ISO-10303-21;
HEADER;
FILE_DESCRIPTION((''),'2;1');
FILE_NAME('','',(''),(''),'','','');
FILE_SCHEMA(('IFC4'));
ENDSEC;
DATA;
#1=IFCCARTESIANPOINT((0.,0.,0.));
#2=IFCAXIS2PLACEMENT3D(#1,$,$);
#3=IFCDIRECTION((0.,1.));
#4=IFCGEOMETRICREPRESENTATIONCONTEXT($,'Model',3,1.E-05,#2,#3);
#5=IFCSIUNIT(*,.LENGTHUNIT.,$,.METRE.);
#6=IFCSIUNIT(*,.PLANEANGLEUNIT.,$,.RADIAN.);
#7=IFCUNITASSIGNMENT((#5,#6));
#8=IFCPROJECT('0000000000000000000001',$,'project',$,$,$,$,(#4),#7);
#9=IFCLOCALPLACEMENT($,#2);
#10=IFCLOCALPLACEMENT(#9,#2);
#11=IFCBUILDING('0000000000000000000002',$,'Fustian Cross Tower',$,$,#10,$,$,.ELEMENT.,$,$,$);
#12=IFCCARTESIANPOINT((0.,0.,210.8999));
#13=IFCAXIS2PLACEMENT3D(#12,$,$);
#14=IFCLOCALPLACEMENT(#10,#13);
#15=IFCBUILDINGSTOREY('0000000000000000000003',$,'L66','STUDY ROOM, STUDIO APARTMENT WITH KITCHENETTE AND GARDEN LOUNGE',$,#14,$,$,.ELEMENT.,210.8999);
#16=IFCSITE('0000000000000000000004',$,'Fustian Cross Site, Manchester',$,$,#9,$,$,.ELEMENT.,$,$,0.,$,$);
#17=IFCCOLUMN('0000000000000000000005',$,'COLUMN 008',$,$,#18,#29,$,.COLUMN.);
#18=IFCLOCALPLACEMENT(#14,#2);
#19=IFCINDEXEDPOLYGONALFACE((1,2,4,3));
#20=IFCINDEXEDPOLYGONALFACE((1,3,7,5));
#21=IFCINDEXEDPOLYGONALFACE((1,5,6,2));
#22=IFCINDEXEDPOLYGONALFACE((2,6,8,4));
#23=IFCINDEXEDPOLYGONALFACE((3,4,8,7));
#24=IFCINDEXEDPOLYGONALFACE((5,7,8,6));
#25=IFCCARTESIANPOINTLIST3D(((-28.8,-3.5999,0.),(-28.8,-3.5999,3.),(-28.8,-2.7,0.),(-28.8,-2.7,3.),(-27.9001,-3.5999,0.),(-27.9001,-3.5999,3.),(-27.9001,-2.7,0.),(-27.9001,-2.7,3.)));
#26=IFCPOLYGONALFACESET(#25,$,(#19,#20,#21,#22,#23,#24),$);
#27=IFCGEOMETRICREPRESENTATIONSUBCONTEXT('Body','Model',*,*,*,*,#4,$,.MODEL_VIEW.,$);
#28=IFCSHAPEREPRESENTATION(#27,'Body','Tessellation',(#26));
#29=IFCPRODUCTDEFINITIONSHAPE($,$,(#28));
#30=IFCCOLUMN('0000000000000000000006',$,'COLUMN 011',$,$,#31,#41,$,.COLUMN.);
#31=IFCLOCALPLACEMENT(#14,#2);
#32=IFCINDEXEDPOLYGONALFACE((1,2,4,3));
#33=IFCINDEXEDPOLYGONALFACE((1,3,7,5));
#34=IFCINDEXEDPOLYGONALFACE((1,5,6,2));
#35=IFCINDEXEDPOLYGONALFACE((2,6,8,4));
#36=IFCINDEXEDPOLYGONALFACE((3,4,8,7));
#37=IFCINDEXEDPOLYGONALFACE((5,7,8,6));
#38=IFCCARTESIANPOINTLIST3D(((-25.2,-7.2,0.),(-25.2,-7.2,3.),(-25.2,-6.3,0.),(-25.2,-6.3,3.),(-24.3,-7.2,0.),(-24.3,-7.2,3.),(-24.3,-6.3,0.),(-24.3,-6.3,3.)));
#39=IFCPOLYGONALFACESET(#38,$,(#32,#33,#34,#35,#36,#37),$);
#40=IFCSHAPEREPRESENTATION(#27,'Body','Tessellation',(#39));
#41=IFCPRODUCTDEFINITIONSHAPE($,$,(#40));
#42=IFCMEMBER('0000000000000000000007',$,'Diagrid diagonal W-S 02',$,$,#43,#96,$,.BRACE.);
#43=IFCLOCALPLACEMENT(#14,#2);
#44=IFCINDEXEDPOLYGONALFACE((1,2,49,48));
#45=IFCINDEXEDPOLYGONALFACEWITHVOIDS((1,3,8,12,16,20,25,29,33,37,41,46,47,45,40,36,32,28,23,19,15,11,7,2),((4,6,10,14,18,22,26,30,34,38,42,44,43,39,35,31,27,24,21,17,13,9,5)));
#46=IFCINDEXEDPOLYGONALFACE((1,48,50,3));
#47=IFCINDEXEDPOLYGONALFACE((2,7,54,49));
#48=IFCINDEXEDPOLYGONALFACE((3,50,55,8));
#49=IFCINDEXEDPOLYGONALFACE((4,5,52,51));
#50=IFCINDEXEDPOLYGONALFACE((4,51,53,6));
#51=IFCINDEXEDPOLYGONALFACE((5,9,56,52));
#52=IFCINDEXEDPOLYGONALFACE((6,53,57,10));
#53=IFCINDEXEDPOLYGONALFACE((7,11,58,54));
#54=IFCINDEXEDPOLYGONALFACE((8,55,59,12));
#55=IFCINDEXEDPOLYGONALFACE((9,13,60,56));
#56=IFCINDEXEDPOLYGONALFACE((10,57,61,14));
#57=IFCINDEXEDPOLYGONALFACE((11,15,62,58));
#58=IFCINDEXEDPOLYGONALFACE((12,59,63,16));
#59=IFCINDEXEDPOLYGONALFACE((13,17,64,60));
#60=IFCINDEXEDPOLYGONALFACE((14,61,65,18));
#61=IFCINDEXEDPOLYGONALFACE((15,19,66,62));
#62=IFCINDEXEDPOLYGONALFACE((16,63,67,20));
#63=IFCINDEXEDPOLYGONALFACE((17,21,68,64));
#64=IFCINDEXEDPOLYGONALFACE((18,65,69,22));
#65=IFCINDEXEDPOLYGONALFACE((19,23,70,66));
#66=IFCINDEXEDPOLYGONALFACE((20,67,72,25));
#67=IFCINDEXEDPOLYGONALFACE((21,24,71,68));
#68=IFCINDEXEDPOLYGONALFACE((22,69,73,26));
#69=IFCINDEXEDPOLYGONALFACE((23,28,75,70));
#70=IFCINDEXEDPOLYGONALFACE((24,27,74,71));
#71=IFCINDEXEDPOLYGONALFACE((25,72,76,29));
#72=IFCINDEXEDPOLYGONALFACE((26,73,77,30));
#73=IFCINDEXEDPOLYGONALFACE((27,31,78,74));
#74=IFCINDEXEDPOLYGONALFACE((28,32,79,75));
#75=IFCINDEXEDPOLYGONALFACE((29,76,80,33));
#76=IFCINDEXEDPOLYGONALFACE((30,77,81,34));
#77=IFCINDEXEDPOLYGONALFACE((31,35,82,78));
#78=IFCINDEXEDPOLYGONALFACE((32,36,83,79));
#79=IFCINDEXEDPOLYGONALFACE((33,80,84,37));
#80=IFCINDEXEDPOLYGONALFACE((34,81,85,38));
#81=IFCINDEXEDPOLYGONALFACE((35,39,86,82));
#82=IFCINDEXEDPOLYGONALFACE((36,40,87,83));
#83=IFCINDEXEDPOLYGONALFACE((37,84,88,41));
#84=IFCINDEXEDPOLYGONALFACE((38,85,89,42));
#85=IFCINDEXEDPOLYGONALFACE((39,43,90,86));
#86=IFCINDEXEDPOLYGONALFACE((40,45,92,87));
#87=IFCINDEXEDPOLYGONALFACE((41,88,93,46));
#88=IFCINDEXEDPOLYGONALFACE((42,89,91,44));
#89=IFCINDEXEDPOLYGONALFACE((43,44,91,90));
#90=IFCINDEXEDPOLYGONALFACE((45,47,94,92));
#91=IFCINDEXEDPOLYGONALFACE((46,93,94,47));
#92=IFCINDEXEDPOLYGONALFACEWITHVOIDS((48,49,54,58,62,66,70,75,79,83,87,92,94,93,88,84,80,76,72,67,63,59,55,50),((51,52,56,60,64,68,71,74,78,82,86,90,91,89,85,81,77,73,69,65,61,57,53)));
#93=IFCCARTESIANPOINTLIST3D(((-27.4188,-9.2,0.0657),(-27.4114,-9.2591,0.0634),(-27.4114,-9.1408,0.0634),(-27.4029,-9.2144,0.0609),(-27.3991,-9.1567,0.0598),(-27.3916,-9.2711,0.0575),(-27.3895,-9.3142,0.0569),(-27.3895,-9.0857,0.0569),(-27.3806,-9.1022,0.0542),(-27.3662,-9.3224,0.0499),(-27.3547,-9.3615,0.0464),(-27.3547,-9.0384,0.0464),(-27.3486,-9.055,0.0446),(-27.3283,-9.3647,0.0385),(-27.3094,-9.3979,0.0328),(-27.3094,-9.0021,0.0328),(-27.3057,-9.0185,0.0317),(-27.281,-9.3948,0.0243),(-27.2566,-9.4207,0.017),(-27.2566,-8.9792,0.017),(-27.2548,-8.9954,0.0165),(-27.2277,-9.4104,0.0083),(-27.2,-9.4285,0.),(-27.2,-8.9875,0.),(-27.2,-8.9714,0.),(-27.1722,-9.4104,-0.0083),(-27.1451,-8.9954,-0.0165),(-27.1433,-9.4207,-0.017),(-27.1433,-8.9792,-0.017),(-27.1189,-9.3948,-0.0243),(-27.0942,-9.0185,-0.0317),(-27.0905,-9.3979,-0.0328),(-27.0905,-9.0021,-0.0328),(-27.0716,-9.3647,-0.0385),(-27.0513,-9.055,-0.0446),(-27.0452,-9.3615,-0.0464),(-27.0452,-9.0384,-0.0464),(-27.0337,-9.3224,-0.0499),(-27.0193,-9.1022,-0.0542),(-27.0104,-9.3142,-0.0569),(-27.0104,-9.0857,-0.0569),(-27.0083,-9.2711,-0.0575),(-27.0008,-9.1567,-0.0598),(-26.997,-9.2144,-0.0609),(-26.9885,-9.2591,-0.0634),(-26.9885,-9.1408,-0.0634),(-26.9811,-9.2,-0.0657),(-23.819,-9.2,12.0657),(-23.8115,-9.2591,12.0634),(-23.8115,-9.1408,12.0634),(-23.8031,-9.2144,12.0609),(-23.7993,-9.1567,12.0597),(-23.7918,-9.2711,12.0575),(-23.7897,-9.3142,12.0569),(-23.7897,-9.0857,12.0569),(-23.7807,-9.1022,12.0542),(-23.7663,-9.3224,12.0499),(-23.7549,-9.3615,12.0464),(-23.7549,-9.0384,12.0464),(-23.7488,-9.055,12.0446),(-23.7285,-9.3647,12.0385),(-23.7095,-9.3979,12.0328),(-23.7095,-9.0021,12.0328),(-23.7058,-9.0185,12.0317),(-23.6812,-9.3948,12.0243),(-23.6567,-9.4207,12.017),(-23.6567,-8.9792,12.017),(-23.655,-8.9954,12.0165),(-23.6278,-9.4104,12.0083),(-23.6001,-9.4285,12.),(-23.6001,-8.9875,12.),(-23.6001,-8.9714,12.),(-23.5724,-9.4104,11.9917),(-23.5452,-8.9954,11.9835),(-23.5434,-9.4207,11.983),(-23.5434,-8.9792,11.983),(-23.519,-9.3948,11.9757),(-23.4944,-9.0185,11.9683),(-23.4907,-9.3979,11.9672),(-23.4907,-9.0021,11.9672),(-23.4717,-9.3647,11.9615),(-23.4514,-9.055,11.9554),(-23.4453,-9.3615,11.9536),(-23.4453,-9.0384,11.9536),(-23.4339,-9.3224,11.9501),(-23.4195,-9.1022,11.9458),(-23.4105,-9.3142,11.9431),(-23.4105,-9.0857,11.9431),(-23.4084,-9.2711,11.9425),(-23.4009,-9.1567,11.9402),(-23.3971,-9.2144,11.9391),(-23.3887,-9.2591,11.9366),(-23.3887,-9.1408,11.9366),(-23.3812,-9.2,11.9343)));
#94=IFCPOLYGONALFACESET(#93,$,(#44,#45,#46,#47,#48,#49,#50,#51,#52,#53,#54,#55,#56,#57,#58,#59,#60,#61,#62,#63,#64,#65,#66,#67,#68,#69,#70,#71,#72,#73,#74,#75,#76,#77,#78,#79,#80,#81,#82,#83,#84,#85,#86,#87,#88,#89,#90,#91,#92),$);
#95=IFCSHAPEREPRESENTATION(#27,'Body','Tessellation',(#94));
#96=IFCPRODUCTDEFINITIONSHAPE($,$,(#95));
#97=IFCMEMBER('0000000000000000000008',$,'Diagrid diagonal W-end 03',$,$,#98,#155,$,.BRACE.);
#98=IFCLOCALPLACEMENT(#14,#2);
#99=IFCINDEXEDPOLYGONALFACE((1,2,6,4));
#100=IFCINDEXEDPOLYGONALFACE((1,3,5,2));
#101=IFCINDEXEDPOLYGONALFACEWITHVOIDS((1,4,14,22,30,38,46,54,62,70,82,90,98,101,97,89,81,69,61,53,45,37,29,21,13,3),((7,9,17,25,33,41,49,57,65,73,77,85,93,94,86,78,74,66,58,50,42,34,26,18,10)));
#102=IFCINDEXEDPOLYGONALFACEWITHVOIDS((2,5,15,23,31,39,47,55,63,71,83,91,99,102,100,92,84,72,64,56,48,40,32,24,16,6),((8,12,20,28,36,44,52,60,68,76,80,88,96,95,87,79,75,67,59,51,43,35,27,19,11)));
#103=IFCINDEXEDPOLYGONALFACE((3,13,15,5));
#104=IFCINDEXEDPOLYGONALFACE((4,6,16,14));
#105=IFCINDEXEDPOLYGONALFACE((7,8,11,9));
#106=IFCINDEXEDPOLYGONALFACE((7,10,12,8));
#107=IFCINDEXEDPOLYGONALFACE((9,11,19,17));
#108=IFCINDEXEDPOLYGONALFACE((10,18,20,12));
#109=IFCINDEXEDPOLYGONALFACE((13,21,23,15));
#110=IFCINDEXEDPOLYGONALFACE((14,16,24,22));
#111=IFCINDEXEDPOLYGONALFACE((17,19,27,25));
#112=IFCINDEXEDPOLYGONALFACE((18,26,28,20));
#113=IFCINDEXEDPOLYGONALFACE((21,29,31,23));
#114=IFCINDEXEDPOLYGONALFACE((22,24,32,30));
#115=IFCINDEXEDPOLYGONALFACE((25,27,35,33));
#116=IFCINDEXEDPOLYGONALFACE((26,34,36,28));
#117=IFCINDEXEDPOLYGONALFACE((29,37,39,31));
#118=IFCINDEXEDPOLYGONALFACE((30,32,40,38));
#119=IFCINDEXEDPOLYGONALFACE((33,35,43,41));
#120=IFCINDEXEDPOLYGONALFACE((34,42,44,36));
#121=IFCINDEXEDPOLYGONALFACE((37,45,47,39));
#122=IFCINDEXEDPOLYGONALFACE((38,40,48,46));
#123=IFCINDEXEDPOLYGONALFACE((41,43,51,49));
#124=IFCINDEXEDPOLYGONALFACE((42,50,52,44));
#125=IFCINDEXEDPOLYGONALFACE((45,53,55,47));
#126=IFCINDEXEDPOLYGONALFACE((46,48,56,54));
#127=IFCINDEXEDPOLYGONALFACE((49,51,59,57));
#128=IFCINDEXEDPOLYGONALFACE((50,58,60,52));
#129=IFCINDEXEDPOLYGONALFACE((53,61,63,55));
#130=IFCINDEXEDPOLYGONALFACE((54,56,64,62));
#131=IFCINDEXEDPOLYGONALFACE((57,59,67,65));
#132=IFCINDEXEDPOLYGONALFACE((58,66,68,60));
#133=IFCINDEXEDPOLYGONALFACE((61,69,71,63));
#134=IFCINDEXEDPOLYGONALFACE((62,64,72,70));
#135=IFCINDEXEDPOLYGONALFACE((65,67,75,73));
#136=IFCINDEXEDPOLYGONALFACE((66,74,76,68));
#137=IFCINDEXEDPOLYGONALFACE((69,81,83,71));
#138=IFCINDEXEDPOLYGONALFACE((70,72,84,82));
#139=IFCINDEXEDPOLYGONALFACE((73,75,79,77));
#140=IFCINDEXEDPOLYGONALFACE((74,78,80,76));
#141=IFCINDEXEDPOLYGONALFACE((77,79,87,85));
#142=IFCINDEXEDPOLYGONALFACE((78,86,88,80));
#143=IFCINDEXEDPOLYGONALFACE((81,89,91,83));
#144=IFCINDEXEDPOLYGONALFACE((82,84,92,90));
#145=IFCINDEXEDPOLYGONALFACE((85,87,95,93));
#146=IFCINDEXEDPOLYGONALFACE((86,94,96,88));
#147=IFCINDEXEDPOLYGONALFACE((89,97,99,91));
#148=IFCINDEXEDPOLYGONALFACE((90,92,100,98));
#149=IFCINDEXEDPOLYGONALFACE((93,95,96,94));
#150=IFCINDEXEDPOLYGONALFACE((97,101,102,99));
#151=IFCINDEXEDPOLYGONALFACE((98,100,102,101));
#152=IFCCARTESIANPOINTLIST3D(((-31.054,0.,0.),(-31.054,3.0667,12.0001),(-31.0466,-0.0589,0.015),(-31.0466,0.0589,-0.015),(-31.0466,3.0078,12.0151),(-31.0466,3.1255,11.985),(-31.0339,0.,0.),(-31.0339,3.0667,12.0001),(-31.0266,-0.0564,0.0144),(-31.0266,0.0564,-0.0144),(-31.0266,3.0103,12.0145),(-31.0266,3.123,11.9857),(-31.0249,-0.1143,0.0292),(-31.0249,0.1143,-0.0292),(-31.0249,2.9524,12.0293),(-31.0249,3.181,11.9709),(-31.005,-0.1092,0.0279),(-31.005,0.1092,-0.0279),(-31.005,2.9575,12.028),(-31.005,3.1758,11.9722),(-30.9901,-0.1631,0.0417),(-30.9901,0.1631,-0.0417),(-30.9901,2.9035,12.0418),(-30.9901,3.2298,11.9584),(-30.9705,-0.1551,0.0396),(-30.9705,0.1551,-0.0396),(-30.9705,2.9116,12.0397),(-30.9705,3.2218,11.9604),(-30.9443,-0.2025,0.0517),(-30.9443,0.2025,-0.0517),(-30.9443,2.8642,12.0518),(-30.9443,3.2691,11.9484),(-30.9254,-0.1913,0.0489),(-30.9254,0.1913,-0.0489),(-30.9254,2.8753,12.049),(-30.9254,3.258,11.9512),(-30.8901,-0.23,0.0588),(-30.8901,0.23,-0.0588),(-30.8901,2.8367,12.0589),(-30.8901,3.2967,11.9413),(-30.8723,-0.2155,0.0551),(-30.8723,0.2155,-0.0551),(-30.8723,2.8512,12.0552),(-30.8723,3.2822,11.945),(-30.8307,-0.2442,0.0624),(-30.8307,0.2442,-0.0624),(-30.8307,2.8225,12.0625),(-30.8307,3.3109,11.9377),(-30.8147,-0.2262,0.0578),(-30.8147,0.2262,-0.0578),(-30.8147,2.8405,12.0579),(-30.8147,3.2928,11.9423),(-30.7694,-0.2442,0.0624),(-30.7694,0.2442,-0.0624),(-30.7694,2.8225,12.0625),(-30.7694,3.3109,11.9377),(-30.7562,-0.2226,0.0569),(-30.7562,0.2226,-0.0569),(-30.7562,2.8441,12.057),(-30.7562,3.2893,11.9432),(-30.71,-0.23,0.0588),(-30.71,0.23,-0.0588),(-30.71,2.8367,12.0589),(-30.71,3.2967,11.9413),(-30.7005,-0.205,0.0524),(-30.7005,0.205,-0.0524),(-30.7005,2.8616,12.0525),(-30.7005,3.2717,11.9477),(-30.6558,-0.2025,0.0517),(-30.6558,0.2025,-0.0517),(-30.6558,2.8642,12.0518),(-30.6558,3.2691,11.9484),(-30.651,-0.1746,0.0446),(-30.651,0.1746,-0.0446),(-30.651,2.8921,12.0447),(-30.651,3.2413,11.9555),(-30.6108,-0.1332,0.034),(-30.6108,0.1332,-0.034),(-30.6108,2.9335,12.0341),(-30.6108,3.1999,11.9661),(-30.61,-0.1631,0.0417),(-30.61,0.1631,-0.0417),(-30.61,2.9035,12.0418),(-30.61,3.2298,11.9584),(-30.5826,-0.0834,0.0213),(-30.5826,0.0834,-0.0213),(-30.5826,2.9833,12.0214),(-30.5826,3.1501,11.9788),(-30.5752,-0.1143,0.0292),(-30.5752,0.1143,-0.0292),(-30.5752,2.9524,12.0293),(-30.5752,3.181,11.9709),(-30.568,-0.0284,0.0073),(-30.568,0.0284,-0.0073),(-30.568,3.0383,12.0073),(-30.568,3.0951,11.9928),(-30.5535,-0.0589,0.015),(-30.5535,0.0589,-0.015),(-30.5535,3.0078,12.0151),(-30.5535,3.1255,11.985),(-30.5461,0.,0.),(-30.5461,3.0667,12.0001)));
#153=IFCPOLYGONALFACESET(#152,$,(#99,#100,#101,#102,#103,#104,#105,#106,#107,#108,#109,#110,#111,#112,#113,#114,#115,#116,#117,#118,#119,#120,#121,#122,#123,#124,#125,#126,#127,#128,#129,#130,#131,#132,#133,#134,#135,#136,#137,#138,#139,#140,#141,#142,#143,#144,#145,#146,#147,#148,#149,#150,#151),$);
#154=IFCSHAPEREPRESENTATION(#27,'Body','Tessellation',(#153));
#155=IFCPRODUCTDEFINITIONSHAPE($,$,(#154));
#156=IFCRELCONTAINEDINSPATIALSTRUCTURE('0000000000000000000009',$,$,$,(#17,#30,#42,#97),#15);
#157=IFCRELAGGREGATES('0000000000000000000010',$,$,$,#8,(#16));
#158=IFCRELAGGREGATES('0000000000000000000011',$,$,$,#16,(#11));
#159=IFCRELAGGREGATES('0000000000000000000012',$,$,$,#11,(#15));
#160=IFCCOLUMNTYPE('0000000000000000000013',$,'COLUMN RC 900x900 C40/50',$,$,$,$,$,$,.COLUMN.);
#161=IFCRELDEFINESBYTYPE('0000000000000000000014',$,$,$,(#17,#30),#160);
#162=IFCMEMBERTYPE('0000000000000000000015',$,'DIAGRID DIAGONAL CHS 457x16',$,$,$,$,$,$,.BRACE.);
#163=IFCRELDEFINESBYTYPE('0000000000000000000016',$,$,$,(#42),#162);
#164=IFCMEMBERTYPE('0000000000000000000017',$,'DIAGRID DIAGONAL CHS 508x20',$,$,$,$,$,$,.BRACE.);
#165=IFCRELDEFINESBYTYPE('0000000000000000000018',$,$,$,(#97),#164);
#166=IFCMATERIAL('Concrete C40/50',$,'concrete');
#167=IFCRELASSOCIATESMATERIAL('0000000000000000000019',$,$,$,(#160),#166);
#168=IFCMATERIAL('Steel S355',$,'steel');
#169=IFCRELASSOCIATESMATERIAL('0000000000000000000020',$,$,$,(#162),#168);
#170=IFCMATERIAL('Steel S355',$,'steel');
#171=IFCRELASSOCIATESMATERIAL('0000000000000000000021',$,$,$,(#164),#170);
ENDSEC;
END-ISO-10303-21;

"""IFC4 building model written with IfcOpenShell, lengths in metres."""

from ifc_helpers import new_model, si_unit, direction, frame, origin, origin_2d, place, context, subcontext, project, spatial, rectangle, hollow_circle, extrude, material, material_profile, profile_set, type_object, element, save


model = new_model("IFC4")

# Units and contexts
model_context = context("Model", 3, precision=1e-05, world=origin(), true_north=direction((0.0, 1.0)))
body_context = subcontext(model_context, "Body", "Model", "MODEL_VIEW")
ifc_project = project(units=[si_unit("LENGTHUNIT", "METRE"), si_unit("PLANEANGLEUNIT", "RADIAN")], contexts=[model_context])

# Site, building, storey
site_placement = place(None, origin())
site = spatial("IfcSite", under=ifc_project, at=site_placement, Name="Fustian Cross Site, Manchester", CompositionType="ELEMENT", RefElevation=0.0)
building_placement = place(site_placement, origin())
building = spatial("IfcBuilding", under=site, at=building_placement, Name="Fustian Cross Tower", CompositionType="ELEMENT")
storey_placement = place(building_placement, frame((0.0, 0.0, 210.8999)))
storey = spatial("IfcBuildingStorey", under=building, at=storey_placement, Name="L66", Description="STUDY ROOM, STUDIO APARTMENT WITH KITCHENETTE AND GARDEN LOUNGE", CompositionType="ELEMENT", Elevation=210.8999)

# Columns
ifc_material_1 = material(Name="Concrete C40/50", Category="concrete")
ifc_material_profile_1 = material_profile(ifc_material_1, rectangle(XDim=0.8999, YDim=0.8999, at=origin_2d()), Name="RC 900x900")
ifc_profile_set_1 = profile_set([ifc_material_profile_1], Name="Concrete C40/50")
column_type = type_object("IfcColumnType", Name="COLUMN RC 900x900 C40/50", PredefinedType="COLUMN", material=ifc_profile_set_1)
for number, where, z_axis, x_axis, name in (
    (1, (-28.3501, -3.1499, 0.0), (0.0, 0.0, 1.0), (1.0, 0.0, 0.0), "COLUMN 008"),
    (2, (-24.75, -6.75, 0.0), (0.0, 0.0, 1.0), (1.0, 0.0, 0.0), "COLUMN 011"),
):
    element("IfcColumn", number, at=place(storey_placement, frame(where, z_axis=z_axis, x_axis=x_axis)), inside=storey, type_object=column_type, Name=name, PredefinedType="COLUMN", context=body_context, shape_type="SweptSolid", body=[
        extrude(rectangle(XDim=0.8999, YDim=0.8999, at=origin_2d()), origin(), (0.0, 0.0, 1.0), 3.0),
    ])

# Members
ifc_material_2 = material(Name="Steel S355", Category="steel")
ifc_material_profile_2 = material_profile(ifc_material_2, hollow_circle(Radius=0.2285, WallThickness=0.0161, at=origin_2d()), Name="CHS 457x16")
ifc_profile_set_2 = profile_set([ifc_material_profile_2], Name="Steel S355")
member_type_1 = type_object("IfcMemberType", Name="DIAGRID DIAGONAL CHS 457x16", PredefinedType="BRACE", material=ifc_profile_set_2)
member_1_placement = place(storey_placement, frame((-27.2, -9.2, 0.0), z_axis=(0.287337, 0.0, 0.95783), x_axis=(0.0, 1.0, 0.0)))
element("IfcMember", 3, at=member_1_placement, inside=storey, type_object=member_type_1, Name="Diagrid diagonal W-S 02", PredefinedType="BRACE", context=body_context, shape_type="SweptSolid", body=[
    extrude(hollow_circle(Radius=0.2285, WallThickness=0.0161, at=origin_2d()), origin(), (0.0, 0.0, 1.0), 12.5283),
])
ifc_material_3 = material(Name="Steel S355", Category="steel")
ifc_material_profile_3 = material_profile(ifc_material_3, hollow_circle(Radius=0.2539, WallThickness=0.02, at=origin_2d()), Name="CHS 508x20")
ifc_profile_set_3 = profile_set([ifc_material_profile_3], Name="Steel S355")
member_type_2 = type_object("IfcMemberType", Name="DIAGRID DIAGONAL CHS 508x20", PredefinedType="BRACE", material=ifc_profile_set_3)
for number, where, z_axis, x_axis, name in (
    (4, (-30.8, 0.0, 0.0), (0.0, 0.247597, 0.968863), (-1.0, 0.0, 0.0), "Diagrid diagonal W-end 03"),
):
    element("IfcMember", number, at=place(storey_placement, frame(where, z_axis=z_axis, x_axis=x_axis)), inside=storey, type_object=member_type_2, Name=name, PredefinedType="BRACE", context=body_context, shape_type="SweptSolid", body=[
        extrude(hollow_circle(Radius=0.2539, WallThickness=0.02, at=origin_2d()), origin(), (0.0, 0.0, 1.0), 12.3857),
    ])

save(model, "model.ifc")
